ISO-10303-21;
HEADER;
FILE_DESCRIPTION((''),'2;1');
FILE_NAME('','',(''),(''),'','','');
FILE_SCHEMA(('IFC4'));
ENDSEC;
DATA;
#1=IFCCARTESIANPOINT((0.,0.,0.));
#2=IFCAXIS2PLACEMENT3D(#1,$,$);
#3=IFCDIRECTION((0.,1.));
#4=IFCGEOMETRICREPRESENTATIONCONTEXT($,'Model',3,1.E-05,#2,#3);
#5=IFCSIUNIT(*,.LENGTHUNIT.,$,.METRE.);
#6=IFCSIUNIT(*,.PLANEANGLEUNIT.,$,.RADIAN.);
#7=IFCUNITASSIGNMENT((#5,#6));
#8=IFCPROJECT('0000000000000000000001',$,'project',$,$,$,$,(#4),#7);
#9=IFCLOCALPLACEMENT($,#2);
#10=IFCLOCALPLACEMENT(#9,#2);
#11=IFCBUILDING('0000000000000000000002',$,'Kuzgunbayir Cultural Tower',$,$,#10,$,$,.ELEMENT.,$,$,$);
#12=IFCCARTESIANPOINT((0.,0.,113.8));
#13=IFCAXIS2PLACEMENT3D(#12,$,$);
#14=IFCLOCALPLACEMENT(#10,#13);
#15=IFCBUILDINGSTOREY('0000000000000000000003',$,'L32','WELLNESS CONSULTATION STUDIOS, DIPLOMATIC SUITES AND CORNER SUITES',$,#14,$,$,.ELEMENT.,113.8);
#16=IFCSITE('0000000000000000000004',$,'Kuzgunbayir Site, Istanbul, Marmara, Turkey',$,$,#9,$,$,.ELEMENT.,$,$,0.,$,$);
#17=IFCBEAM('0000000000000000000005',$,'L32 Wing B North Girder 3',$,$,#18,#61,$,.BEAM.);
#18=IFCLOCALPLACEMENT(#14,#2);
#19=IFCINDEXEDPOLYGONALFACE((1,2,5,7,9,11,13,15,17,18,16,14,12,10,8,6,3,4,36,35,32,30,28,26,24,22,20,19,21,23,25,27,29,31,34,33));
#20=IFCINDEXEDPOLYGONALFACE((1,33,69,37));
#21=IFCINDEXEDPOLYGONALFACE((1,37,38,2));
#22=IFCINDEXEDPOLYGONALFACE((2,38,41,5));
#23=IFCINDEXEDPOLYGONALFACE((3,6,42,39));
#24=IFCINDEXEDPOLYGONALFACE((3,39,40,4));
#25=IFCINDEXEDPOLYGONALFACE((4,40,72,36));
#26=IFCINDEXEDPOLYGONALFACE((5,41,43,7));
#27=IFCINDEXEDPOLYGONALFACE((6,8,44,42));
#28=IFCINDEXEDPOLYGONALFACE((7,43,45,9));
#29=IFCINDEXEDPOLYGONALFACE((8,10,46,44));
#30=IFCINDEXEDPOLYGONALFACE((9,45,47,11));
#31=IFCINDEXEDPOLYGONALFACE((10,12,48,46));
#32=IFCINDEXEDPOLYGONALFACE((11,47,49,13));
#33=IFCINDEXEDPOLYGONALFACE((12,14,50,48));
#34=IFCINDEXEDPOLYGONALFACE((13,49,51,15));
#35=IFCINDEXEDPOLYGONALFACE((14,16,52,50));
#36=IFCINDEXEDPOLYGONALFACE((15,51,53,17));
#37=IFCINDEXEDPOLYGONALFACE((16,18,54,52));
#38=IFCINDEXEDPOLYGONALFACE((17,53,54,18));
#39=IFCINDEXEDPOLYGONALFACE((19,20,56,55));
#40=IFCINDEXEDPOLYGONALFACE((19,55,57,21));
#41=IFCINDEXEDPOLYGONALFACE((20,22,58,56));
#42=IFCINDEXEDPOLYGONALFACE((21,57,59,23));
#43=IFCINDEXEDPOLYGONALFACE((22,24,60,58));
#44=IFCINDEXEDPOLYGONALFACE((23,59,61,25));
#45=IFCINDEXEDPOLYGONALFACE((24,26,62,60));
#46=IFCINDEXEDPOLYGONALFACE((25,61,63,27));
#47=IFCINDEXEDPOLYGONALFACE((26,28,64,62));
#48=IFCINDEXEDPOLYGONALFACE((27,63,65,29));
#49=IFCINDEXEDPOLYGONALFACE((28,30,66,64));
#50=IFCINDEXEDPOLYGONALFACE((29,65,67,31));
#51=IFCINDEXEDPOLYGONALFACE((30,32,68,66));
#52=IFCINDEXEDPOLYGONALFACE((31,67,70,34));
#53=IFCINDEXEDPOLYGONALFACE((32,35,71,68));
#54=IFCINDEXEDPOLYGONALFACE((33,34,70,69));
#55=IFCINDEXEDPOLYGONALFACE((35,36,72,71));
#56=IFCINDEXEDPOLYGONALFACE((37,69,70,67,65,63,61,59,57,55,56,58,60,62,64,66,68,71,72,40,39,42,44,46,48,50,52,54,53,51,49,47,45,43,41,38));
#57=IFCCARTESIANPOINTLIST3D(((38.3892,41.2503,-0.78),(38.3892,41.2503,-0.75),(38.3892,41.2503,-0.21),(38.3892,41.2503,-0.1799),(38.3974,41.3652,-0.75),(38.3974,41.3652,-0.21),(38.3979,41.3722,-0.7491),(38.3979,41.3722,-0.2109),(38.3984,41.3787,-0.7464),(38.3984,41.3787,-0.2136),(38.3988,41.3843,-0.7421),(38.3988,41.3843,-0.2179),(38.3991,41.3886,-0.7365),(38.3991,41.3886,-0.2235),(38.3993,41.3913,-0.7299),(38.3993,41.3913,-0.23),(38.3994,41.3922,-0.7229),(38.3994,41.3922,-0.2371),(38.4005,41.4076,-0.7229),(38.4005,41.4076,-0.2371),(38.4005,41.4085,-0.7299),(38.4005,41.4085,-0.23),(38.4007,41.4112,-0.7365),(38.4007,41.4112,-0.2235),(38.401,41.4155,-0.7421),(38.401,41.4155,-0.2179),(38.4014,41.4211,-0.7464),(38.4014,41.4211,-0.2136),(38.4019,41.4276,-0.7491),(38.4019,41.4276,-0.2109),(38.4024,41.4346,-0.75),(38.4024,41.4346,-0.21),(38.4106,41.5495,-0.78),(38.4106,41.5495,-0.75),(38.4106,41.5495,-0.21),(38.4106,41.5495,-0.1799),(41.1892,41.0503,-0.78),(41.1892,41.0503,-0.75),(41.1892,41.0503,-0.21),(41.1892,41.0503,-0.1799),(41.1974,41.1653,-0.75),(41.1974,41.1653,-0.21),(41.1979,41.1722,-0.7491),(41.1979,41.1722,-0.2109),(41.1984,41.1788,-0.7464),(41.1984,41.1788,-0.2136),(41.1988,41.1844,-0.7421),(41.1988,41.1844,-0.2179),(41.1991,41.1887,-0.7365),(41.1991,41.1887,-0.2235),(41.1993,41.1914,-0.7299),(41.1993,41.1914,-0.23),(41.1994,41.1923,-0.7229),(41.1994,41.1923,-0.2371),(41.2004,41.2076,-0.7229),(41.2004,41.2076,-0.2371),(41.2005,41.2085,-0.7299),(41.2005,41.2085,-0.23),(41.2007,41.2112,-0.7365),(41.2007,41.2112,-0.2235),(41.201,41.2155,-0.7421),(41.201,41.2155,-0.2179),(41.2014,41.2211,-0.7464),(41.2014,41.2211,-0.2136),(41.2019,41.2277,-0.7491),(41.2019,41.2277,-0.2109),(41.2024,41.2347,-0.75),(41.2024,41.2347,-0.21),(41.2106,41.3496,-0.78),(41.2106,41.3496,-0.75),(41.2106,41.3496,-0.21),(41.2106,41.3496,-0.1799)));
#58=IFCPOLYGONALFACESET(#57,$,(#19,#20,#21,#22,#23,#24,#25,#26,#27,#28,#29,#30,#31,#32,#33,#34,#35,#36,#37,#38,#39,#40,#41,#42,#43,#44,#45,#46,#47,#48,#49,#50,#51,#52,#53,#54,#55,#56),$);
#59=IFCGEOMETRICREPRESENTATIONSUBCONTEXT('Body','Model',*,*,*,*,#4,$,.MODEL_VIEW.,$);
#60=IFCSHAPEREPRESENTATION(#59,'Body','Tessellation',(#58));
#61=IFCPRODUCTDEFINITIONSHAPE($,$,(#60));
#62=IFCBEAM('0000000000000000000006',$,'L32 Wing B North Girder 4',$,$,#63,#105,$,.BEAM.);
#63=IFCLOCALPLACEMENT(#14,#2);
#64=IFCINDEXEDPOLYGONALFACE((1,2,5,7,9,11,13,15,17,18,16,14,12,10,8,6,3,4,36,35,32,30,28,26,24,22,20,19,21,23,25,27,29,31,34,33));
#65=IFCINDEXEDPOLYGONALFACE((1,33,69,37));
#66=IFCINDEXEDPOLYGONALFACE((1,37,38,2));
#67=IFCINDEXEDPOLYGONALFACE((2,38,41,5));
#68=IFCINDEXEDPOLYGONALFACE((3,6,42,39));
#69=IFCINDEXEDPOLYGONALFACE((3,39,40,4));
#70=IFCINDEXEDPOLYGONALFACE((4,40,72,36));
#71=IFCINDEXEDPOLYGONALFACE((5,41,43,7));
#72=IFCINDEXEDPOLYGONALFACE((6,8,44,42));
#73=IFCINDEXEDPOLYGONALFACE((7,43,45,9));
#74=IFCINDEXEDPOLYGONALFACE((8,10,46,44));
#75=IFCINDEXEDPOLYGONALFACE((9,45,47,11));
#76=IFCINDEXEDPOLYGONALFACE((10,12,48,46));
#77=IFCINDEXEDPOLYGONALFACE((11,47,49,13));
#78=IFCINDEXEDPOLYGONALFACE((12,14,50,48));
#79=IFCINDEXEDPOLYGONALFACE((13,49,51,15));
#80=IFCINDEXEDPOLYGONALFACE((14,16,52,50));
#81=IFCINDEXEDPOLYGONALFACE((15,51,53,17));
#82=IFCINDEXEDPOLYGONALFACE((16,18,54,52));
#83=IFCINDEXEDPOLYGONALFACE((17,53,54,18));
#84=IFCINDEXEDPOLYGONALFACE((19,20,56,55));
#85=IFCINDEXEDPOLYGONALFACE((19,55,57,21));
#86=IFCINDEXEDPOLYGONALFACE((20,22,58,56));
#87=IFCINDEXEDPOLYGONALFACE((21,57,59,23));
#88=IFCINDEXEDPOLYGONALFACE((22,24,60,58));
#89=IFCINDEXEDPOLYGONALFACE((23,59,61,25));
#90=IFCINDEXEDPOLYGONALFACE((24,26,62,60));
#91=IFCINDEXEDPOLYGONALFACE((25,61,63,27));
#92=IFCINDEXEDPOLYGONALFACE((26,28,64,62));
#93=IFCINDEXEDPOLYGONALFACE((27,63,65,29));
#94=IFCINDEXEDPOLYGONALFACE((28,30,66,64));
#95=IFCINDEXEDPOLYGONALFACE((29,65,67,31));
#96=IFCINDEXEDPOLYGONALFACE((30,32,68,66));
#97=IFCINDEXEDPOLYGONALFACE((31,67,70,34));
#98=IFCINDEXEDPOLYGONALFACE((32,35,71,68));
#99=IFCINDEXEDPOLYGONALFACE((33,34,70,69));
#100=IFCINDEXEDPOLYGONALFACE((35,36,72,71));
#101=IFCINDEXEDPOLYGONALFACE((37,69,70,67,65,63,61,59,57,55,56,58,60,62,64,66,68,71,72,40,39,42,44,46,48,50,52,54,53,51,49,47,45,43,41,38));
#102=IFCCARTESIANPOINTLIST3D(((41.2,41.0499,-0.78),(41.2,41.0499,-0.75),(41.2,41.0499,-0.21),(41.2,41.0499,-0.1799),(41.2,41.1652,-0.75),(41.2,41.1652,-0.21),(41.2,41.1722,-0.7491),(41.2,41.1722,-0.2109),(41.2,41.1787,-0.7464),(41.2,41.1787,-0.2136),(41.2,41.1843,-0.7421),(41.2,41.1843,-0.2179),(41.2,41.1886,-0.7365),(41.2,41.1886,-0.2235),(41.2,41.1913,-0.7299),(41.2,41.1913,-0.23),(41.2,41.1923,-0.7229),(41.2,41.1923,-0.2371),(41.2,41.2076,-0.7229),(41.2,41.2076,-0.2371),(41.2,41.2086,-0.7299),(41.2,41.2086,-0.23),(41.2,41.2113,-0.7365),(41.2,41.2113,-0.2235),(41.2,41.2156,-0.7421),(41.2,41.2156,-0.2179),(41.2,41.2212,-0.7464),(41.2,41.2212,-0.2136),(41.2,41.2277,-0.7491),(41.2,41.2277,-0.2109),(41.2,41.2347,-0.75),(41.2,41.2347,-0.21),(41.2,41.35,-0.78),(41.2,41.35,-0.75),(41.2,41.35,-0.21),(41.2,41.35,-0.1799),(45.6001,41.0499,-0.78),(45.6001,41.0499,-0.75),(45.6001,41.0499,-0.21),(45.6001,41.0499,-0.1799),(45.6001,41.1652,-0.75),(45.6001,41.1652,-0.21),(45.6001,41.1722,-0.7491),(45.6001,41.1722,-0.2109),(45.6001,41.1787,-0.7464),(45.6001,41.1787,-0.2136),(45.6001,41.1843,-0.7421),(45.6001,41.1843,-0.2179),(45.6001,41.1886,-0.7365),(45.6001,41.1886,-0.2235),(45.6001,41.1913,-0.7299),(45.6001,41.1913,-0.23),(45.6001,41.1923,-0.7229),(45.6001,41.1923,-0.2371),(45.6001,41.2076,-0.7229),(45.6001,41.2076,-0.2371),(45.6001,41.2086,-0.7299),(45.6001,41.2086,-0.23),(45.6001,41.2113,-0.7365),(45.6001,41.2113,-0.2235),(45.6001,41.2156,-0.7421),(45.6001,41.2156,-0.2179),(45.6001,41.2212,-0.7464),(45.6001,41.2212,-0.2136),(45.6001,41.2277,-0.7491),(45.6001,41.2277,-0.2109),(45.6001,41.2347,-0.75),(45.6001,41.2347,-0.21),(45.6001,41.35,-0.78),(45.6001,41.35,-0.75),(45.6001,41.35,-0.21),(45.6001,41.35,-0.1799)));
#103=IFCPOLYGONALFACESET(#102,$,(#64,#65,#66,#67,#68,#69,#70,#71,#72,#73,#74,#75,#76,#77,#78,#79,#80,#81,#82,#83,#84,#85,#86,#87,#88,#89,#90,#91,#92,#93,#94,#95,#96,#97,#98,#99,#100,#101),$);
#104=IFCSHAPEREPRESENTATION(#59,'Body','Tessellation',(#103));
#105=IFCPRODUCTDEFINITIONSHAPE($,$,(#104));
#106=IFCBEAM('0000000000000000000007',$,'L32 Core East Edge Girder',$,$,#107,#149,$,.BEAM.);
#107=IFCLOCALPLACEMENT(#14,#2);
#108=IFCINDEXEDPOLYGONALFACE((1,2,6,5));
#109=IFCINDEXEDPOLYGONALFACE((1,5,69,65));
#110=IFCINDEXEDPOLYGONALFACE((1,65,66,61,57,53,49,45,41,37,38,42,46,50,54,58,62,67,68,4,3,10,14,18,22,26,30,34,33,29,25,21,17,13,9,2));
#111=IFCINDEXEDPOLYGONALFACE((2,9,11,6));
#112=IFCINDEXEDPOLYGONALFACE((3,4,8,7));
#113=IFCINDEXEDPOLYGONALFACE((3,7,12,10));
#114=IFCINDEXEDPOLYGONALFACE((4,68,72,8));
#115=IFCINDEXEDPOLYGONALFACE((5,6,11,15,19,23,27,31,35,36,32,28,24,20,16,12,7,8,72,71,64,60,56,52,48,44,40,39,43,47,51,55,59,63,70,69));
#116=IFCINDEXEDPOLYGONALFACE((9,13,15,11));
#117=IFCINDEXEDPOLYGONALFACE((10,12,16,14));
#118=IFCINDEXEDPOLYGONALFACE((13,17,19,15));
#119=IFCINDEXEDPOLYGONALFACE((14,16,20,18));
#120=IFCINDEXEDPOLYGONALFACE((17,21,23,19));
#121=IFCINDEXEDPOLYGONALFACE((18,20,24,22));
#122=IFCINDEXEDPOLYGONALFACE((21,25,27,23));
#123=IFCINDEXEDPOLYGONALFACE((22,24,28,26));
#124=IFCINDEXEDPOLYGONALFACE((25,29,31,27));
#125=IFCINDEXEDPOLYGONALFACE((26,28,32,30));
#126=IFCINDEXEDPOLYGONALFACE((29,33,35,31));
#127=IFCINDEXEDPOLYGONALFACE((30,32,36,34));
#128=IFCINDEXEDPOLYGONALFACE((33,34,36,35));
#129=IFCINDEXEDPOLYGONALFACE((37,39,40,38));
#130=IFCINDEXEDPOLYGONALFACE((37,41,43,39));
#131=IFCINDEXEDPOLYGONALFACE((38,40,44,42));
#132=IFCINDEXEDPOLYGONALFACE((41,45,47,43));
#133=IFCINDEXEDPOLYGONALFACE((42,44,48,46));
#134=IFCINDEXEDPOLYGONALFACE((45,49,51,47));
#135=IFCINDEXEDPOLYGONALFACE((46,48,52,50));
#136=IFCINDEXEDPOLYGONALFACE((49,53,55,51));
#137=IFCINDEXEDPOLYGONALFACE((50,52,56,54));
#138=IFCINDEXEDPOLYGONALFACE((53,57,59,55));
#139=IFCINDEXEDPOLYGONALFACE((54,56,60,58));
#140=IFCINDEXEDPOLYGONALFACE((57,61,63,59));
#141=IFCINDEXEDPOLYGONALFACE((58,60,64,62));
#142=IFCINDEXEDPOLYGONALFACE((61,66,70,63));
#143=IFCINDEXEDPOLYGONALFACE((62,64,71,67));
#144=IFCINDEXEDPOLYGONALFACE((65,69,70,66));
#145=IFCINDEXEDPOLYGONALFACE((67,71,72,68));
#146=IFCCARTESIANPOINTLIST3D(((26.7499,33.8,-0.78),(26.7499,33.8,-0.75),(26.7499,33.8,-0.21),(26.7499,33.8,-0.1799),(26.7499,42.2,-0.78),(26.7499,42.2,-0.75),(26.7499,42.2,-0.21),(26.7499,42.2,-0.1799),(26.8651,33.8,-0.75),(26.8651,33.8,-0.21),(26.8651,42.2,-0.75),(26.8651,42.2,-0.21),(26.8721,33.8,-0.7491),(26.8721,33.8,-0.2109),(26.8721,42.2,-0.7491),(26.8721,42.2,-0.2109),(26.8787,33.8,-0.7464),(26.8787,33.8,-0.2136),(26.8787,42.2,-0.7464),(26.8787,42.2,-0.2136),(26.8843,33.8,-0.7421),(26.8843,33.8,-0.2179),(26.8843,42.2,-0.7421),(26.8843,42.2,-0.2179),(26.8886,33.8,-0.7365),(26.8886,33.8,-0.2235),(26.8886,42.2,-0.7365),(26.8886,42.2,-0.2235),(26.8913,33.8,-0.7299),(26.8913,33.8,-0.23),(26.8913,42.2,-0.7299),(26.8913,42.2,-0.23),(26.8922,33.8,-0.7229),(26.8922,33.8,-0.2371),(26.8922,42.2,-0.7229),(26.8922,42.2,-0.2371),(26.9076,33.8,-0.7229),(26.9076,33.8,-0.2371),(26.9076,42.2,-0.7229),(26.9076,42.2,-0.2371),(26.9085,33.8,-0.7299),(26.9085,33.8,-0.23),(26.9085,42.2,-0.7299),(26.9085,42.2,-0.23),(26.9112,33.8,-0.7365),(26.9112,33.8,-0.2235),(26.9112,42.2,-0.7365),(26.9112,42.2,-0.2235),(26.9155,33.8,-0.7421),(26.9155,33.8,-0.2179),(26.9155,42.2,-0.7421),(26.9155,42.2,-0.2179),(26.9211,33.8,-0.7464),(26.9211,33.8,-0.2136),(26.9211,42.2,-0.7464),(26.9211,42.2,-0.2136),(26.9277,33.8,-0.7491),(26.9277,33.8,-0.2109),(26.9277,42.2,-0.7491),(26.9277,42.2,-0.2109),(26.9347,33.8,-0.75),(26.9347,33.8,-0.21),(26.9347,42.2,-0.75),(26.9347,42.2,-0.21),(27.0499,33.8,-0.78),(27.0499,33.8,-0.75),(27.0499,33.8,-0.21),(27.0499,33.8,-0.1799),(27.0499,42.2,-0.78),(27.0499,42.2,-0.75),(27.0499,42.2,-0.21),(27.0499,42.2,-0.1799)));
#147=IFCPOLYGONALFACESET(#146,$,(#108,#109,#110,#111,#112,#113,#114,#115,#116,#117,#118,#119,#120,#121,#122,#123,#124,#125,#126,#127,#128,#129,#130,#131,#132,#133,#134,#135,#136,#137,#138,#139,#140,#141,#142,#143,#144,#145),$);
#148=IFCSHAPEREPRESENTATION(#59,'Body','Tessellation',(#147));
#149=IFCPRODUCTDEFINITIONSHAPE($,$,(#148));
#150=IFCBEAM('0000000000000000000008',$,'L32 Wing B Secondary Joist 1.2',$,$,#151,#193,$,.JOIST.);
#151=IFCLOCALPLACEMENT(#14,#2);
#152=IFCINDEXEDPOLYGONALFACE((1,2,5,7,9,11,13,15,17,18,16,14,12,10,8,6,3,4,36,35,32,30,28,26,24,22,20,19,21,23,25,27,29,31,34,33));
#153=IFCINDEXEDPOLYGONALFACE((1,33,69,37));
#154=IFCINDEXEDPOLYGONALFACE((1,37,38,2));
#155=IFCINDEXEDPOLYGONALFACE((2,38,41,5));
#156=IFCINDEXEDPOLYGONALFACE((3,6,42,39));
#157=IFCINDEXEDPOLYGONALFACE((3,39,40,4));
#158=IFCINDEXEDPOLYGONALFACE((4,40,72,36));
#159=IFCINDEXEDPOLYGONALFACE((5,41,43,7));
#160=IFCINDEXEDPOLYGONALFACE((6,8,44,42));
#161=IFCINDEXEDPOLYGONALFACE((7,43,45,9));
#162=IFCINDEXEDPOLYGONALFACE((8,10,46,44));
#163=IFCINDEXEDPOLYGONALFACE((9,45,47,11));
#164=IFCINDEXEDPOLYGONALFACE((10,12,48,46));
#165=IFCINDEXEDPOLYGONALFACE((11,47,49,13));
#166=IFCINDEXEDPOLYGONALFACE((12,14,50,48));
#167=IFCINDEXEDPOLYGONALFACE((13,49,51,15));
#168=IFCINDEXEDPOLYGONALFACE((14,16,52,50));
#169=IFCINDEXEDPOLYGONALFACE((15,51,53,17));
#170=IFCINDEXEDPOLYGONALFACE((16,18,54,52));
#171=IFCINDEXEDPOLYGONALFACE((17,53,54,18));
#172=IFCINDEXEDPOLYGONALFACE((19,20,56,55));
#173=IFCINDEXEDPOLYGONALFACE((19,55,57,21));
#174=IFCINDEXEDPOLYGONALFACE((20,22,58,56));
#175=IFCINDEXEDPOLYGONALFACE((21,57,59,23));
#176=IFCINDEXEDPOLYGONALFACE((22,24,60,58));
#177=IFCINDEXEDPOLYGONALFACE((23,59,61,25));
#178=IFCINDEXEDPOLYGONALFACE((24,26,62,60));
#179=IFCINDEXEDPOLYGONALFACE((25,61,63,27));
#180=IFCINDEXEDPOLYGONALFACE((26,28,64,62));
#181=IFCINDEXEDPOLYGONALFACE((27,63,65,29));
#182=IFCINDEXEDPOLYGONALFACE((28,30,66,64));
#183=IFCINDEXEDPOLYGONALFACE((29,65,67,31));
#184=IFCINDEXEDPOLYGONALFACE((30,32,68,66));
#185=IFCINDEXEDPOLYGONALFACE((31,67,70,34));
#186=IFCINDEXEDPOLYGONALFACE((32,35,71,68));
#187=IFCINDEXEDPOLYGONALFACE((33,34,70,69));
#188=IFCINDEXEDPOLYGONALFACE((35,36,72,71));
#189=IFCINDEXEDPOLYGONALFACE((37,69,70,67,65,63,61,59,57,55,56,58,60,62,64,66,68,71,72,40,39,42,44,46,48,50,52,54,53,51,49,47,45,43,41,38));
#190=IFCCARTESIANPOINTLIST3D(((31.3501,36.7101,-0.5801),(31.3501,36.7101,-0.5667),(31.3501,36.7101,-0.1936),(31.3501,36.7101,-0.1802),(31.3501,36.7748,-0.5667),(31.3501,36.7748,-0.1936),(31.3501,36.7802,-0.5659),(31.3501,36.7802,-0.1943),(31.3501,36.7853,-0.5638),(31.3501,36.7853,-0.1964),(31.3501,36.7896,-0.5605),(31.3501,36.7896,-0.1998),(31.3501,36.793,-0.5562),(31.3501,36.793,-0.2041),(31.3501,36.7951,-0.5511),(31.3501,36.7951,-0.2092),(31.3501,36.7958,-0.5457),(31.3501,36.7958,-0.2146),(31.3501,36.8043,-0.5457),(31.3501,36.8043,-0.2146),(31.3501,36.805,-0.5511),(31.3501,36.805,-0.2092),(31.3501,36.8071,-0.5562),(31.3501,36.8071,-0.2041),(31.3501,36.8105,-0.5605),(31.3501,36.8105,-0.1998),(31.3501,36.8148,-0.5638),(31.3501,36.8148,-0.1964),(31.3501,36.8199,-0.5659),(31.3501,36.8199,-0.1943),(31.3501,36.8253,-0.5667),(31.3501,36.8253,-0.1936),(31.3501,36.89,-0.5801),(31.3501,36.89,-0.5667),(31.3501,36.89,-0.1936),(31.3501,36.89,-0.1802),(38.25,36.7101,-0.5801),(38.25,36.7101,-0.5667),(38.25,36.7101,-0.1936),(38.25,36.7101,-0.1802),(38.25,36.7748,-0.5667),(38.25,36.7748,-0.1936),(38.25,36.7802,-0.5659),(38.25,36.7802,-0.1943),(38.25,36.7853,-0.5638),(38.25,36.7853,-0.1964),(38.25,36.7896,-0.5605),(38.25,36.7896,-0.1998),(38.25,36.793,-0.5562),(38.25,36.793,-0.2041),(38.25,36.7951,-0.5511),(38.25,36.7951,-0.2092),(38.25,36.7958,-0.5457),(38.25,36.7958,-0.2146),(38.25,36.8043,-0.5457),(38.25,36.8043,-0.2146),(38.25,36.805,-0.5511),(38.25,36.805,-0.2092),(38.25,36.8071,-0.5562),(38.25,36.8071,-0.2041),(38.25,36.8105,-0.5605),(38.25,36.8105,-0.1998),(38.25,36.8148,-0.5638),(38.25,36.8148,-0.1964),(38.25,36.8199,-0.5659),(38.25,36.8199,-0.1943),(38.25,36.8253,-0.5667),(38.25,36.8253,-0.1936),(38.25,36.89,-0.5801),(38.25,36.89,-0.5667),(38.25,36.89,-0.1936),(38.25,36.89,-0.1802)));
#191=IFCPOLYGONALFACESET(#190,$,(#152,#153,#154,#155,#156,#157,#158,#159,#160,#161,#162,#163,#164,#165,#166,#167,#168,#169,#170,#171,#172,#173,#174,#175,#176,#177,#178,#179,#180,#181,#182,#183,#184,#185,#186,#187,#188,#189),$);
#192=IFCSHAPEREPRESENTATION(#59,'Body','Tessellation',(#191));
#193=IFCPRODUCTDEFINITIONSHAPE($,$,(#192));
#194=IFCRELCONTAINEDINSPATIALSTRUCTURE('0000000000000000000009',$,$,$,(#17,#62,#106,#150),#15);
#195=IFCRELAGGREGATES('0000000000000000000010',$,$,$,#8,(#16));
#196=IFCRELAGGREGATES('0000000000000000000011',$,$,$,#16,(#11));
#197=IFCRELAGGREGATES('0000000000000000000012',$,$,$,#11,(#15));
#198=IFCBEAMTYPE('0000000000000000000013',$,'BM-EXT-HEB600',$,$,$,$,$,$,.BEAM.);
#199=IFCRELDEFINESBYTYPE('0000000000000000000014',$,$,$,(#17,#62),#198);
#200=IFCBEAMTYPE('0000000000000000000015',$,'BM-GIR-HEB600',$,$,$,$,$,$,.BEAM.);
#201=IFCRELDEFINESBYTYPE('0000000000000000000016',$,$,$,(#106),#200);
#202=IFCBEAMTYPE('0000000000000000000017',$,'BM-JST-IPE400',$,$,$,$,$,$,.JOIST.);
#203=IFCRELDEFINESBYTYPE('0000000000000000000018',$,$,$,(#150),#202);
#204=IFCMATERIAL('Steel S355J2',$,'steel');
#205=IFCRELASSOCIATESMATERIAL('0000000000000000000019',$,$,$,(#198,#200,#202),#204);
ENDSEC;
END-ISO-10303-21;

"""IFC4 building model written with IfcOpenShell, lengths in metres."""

from ifc_helpers import new_model, si_unit, direction, frame, origin, origin_2d, place, context, subcontext, project, spatial, i_section, extrude, material, material_profile, profile_set, type_object, element, save


model = new_model("IFC4")

# Units and contexts
model_context = context("Model", 3, precision=1e-05, world=origin(), true_north=direction((0.0, 1.0)))
body_context = subcontext(model_context, "Body", "Model", "MODEL_VIEW")
ifc_project = project(units=[si_unit("LENGTHUNIT", "METRE"), si_unit("PLANEANGLEUNIT", "RADIAN")], contexts=[model_context])

# Site, building, storey
site_placement = place(None, origin())
site = spatial("IfcSite", under=ifc_project, at=site_placement, Name="Kuzgunbayir Site, Istanbul, Marmara, Turkey", CompositionType="ELEMENT", RefElevation=0.0)
building_placement = place(site_placement, origin())
building = spatial("IfcBuilding", under=site, at=building_placement, Name="Kuzgunbayir Cultural Tower", CompositionType="ELEMENT")
storey_placement = place(building_placement, frame((0.0, 0.0, 113.8)))
storey = spatial("IfcBuildingStorey", under=building, at=storey_placement, Name="L32", Description="WELLNESS CONSULTATION STUDIOS, DIPLOMATIC SUITES AND CORNER SUITES", CompositionType="ELEMENT", Elevation=113.8)

# Beams
ifc_material_1 = material(Name="Steel S355J2", Category="steel")
ifc_material_profile_1 = material_profile(ifc_material_1, i_section(OverallWidth=0.3, OverallDepth=0.6001, WebThickness=0.0154, FlangeThickness=0.03, FilletRadius=0.0271, at=origin_2d()), Name="HEB 600")
ifc_profile_set_1 = profile_set([ifc_material_profile_1], Name="Steel S355J2")
beam_type_1 = type_object("IfcBeamType", Name="BM-EXT-HEB600", PredefinedType="BEAM", material=ifc_profile_set_1)
beam_1_placement = place(storey_placement, frame((38.3999, 41.3999, -0.48), z_axis=(0.99746, -0.071229, 0.0), x_axis=(0.071229, 0.99746, 0.0)))
element("IfcBeam", 1, at=beam_1_placement, inside=storey, type_object=beam_type_1, Name="L32 Wing B North Girder 3", PredefinedType="BEAM", context=body_context, shape_type="SweptSolid", body=[
    extrude(i_section(OverallWidth=0.3, OverallDepth=0.6001, WebThickness=0.0154, FlangeThickness=0.03, FilletRadius=0.0271, at=origin_2d()), origin(), (0.0, 0.0, 1.0), 2.8071),
])
beam_2_placement = place(storey_placement, frame((41.2, 41.2, -0.48), z_axis=(1.0, 0.0, 0.0), x_axis=(0.0, 1.0, 0.0)))
element("IfcBeam", 2, at=beam_2_placement, inside=storey, type_object=beam_type_1, Name="L32 Wing B North Girder 4", PredefinedType="BEAM", context=body_context, shape_type="SweptSolid", body=[
    extrude(i_section(OverallWidth=0.3, OverallDepth=0.6001, WebThickness=0.0154, FlangeThickness=0.03, FilletRadius=0.0271, at=origin_2d()), origin(), (0.0, 0.0, 1.0), 4.4001),
])
ifc_material_profile_2 = material_profile(ifc_material_1, i_section(OverallWidth=0.3, OverallDepth=0.6001, WebThickness=0.0154, FlangeThickness=0.03, FilletRadius=0.0271, at=origin_2d()), Name="HEB 600")
ifc_profile_set_2 = profile_set([ifc_material_profile_2], Name="Steel S355J2")
beam_type_2 = type_object("IfcBeamType", Name="BM-GIR-HEB600", PredefinedType="BEAM", material=ifc_profile_set_2)
beam_3_placement = place(storey_placement, frame((26.8999, 33.8, -0.48), z_axis=(0.0, 1.0, 0.0), x_axis=(-1.0, 0.0, 0.0)))
element("IfcBeam", 3, at=beam_3_placement, inside=storey, type_object=beam_type_2, Name="L32 Core East Edge Girder", PredefinedType="BEAM", context=body_context, shape_type="SweptSolid", body=[
    extrude(i_section(OverallWidth=0.3, OverallDepth=0.6001, WebThickness=0.0154, FlangeThickness=0.03, FilletRadius=0.0271, at=origin_2d()), origin(), (0.0, 0.0, 1.0), 8.3999),
])
ifc_material_profile_3 = material_profile(ifc_material_1, i_section(OverallWidth=0.1799, OverallDepth=0.3999, WebThickness=0.0085, FlangeThickness=0.0134, FilletRadius=0.021, at=origin_2d()), Name="IPE 400")
ifc_profile_set_3 = profile_set([ifc_material_profile_3], Name="Steel S355J2")
beam_type_3 = type_object("IfcBeamType", Name="BM-JST-IPE400", PredefinedType="JOIST", material=ifc_profile_set_3)
beam_4_placement = place(storey_placement, frame((31.3501, 36.8, -0.3801), z_axis=(1.0, 0.0, 0.0), x_axis=(0.0, 1.0, 0.0)))
element("IfcBeam", 4, at=beam_4_placement, inside=storey, type_object=beam_type_3, Name="L32 Wing B Secondary Joist 1.2", PredefinedType="JOIST", context=body_context, shape_type="SweptSolid", body=[
    extrude(i_section(OverallWidth=0.1799, OverallDepth=0.3999, WebThickness=0.0085, FlangeThickness=0.0134, FilletRadius=0.021, at=origin_2d()), origin(), (0.0, 0.0, 1.0), 6.8999),
])

save(model, "model.ifc")
